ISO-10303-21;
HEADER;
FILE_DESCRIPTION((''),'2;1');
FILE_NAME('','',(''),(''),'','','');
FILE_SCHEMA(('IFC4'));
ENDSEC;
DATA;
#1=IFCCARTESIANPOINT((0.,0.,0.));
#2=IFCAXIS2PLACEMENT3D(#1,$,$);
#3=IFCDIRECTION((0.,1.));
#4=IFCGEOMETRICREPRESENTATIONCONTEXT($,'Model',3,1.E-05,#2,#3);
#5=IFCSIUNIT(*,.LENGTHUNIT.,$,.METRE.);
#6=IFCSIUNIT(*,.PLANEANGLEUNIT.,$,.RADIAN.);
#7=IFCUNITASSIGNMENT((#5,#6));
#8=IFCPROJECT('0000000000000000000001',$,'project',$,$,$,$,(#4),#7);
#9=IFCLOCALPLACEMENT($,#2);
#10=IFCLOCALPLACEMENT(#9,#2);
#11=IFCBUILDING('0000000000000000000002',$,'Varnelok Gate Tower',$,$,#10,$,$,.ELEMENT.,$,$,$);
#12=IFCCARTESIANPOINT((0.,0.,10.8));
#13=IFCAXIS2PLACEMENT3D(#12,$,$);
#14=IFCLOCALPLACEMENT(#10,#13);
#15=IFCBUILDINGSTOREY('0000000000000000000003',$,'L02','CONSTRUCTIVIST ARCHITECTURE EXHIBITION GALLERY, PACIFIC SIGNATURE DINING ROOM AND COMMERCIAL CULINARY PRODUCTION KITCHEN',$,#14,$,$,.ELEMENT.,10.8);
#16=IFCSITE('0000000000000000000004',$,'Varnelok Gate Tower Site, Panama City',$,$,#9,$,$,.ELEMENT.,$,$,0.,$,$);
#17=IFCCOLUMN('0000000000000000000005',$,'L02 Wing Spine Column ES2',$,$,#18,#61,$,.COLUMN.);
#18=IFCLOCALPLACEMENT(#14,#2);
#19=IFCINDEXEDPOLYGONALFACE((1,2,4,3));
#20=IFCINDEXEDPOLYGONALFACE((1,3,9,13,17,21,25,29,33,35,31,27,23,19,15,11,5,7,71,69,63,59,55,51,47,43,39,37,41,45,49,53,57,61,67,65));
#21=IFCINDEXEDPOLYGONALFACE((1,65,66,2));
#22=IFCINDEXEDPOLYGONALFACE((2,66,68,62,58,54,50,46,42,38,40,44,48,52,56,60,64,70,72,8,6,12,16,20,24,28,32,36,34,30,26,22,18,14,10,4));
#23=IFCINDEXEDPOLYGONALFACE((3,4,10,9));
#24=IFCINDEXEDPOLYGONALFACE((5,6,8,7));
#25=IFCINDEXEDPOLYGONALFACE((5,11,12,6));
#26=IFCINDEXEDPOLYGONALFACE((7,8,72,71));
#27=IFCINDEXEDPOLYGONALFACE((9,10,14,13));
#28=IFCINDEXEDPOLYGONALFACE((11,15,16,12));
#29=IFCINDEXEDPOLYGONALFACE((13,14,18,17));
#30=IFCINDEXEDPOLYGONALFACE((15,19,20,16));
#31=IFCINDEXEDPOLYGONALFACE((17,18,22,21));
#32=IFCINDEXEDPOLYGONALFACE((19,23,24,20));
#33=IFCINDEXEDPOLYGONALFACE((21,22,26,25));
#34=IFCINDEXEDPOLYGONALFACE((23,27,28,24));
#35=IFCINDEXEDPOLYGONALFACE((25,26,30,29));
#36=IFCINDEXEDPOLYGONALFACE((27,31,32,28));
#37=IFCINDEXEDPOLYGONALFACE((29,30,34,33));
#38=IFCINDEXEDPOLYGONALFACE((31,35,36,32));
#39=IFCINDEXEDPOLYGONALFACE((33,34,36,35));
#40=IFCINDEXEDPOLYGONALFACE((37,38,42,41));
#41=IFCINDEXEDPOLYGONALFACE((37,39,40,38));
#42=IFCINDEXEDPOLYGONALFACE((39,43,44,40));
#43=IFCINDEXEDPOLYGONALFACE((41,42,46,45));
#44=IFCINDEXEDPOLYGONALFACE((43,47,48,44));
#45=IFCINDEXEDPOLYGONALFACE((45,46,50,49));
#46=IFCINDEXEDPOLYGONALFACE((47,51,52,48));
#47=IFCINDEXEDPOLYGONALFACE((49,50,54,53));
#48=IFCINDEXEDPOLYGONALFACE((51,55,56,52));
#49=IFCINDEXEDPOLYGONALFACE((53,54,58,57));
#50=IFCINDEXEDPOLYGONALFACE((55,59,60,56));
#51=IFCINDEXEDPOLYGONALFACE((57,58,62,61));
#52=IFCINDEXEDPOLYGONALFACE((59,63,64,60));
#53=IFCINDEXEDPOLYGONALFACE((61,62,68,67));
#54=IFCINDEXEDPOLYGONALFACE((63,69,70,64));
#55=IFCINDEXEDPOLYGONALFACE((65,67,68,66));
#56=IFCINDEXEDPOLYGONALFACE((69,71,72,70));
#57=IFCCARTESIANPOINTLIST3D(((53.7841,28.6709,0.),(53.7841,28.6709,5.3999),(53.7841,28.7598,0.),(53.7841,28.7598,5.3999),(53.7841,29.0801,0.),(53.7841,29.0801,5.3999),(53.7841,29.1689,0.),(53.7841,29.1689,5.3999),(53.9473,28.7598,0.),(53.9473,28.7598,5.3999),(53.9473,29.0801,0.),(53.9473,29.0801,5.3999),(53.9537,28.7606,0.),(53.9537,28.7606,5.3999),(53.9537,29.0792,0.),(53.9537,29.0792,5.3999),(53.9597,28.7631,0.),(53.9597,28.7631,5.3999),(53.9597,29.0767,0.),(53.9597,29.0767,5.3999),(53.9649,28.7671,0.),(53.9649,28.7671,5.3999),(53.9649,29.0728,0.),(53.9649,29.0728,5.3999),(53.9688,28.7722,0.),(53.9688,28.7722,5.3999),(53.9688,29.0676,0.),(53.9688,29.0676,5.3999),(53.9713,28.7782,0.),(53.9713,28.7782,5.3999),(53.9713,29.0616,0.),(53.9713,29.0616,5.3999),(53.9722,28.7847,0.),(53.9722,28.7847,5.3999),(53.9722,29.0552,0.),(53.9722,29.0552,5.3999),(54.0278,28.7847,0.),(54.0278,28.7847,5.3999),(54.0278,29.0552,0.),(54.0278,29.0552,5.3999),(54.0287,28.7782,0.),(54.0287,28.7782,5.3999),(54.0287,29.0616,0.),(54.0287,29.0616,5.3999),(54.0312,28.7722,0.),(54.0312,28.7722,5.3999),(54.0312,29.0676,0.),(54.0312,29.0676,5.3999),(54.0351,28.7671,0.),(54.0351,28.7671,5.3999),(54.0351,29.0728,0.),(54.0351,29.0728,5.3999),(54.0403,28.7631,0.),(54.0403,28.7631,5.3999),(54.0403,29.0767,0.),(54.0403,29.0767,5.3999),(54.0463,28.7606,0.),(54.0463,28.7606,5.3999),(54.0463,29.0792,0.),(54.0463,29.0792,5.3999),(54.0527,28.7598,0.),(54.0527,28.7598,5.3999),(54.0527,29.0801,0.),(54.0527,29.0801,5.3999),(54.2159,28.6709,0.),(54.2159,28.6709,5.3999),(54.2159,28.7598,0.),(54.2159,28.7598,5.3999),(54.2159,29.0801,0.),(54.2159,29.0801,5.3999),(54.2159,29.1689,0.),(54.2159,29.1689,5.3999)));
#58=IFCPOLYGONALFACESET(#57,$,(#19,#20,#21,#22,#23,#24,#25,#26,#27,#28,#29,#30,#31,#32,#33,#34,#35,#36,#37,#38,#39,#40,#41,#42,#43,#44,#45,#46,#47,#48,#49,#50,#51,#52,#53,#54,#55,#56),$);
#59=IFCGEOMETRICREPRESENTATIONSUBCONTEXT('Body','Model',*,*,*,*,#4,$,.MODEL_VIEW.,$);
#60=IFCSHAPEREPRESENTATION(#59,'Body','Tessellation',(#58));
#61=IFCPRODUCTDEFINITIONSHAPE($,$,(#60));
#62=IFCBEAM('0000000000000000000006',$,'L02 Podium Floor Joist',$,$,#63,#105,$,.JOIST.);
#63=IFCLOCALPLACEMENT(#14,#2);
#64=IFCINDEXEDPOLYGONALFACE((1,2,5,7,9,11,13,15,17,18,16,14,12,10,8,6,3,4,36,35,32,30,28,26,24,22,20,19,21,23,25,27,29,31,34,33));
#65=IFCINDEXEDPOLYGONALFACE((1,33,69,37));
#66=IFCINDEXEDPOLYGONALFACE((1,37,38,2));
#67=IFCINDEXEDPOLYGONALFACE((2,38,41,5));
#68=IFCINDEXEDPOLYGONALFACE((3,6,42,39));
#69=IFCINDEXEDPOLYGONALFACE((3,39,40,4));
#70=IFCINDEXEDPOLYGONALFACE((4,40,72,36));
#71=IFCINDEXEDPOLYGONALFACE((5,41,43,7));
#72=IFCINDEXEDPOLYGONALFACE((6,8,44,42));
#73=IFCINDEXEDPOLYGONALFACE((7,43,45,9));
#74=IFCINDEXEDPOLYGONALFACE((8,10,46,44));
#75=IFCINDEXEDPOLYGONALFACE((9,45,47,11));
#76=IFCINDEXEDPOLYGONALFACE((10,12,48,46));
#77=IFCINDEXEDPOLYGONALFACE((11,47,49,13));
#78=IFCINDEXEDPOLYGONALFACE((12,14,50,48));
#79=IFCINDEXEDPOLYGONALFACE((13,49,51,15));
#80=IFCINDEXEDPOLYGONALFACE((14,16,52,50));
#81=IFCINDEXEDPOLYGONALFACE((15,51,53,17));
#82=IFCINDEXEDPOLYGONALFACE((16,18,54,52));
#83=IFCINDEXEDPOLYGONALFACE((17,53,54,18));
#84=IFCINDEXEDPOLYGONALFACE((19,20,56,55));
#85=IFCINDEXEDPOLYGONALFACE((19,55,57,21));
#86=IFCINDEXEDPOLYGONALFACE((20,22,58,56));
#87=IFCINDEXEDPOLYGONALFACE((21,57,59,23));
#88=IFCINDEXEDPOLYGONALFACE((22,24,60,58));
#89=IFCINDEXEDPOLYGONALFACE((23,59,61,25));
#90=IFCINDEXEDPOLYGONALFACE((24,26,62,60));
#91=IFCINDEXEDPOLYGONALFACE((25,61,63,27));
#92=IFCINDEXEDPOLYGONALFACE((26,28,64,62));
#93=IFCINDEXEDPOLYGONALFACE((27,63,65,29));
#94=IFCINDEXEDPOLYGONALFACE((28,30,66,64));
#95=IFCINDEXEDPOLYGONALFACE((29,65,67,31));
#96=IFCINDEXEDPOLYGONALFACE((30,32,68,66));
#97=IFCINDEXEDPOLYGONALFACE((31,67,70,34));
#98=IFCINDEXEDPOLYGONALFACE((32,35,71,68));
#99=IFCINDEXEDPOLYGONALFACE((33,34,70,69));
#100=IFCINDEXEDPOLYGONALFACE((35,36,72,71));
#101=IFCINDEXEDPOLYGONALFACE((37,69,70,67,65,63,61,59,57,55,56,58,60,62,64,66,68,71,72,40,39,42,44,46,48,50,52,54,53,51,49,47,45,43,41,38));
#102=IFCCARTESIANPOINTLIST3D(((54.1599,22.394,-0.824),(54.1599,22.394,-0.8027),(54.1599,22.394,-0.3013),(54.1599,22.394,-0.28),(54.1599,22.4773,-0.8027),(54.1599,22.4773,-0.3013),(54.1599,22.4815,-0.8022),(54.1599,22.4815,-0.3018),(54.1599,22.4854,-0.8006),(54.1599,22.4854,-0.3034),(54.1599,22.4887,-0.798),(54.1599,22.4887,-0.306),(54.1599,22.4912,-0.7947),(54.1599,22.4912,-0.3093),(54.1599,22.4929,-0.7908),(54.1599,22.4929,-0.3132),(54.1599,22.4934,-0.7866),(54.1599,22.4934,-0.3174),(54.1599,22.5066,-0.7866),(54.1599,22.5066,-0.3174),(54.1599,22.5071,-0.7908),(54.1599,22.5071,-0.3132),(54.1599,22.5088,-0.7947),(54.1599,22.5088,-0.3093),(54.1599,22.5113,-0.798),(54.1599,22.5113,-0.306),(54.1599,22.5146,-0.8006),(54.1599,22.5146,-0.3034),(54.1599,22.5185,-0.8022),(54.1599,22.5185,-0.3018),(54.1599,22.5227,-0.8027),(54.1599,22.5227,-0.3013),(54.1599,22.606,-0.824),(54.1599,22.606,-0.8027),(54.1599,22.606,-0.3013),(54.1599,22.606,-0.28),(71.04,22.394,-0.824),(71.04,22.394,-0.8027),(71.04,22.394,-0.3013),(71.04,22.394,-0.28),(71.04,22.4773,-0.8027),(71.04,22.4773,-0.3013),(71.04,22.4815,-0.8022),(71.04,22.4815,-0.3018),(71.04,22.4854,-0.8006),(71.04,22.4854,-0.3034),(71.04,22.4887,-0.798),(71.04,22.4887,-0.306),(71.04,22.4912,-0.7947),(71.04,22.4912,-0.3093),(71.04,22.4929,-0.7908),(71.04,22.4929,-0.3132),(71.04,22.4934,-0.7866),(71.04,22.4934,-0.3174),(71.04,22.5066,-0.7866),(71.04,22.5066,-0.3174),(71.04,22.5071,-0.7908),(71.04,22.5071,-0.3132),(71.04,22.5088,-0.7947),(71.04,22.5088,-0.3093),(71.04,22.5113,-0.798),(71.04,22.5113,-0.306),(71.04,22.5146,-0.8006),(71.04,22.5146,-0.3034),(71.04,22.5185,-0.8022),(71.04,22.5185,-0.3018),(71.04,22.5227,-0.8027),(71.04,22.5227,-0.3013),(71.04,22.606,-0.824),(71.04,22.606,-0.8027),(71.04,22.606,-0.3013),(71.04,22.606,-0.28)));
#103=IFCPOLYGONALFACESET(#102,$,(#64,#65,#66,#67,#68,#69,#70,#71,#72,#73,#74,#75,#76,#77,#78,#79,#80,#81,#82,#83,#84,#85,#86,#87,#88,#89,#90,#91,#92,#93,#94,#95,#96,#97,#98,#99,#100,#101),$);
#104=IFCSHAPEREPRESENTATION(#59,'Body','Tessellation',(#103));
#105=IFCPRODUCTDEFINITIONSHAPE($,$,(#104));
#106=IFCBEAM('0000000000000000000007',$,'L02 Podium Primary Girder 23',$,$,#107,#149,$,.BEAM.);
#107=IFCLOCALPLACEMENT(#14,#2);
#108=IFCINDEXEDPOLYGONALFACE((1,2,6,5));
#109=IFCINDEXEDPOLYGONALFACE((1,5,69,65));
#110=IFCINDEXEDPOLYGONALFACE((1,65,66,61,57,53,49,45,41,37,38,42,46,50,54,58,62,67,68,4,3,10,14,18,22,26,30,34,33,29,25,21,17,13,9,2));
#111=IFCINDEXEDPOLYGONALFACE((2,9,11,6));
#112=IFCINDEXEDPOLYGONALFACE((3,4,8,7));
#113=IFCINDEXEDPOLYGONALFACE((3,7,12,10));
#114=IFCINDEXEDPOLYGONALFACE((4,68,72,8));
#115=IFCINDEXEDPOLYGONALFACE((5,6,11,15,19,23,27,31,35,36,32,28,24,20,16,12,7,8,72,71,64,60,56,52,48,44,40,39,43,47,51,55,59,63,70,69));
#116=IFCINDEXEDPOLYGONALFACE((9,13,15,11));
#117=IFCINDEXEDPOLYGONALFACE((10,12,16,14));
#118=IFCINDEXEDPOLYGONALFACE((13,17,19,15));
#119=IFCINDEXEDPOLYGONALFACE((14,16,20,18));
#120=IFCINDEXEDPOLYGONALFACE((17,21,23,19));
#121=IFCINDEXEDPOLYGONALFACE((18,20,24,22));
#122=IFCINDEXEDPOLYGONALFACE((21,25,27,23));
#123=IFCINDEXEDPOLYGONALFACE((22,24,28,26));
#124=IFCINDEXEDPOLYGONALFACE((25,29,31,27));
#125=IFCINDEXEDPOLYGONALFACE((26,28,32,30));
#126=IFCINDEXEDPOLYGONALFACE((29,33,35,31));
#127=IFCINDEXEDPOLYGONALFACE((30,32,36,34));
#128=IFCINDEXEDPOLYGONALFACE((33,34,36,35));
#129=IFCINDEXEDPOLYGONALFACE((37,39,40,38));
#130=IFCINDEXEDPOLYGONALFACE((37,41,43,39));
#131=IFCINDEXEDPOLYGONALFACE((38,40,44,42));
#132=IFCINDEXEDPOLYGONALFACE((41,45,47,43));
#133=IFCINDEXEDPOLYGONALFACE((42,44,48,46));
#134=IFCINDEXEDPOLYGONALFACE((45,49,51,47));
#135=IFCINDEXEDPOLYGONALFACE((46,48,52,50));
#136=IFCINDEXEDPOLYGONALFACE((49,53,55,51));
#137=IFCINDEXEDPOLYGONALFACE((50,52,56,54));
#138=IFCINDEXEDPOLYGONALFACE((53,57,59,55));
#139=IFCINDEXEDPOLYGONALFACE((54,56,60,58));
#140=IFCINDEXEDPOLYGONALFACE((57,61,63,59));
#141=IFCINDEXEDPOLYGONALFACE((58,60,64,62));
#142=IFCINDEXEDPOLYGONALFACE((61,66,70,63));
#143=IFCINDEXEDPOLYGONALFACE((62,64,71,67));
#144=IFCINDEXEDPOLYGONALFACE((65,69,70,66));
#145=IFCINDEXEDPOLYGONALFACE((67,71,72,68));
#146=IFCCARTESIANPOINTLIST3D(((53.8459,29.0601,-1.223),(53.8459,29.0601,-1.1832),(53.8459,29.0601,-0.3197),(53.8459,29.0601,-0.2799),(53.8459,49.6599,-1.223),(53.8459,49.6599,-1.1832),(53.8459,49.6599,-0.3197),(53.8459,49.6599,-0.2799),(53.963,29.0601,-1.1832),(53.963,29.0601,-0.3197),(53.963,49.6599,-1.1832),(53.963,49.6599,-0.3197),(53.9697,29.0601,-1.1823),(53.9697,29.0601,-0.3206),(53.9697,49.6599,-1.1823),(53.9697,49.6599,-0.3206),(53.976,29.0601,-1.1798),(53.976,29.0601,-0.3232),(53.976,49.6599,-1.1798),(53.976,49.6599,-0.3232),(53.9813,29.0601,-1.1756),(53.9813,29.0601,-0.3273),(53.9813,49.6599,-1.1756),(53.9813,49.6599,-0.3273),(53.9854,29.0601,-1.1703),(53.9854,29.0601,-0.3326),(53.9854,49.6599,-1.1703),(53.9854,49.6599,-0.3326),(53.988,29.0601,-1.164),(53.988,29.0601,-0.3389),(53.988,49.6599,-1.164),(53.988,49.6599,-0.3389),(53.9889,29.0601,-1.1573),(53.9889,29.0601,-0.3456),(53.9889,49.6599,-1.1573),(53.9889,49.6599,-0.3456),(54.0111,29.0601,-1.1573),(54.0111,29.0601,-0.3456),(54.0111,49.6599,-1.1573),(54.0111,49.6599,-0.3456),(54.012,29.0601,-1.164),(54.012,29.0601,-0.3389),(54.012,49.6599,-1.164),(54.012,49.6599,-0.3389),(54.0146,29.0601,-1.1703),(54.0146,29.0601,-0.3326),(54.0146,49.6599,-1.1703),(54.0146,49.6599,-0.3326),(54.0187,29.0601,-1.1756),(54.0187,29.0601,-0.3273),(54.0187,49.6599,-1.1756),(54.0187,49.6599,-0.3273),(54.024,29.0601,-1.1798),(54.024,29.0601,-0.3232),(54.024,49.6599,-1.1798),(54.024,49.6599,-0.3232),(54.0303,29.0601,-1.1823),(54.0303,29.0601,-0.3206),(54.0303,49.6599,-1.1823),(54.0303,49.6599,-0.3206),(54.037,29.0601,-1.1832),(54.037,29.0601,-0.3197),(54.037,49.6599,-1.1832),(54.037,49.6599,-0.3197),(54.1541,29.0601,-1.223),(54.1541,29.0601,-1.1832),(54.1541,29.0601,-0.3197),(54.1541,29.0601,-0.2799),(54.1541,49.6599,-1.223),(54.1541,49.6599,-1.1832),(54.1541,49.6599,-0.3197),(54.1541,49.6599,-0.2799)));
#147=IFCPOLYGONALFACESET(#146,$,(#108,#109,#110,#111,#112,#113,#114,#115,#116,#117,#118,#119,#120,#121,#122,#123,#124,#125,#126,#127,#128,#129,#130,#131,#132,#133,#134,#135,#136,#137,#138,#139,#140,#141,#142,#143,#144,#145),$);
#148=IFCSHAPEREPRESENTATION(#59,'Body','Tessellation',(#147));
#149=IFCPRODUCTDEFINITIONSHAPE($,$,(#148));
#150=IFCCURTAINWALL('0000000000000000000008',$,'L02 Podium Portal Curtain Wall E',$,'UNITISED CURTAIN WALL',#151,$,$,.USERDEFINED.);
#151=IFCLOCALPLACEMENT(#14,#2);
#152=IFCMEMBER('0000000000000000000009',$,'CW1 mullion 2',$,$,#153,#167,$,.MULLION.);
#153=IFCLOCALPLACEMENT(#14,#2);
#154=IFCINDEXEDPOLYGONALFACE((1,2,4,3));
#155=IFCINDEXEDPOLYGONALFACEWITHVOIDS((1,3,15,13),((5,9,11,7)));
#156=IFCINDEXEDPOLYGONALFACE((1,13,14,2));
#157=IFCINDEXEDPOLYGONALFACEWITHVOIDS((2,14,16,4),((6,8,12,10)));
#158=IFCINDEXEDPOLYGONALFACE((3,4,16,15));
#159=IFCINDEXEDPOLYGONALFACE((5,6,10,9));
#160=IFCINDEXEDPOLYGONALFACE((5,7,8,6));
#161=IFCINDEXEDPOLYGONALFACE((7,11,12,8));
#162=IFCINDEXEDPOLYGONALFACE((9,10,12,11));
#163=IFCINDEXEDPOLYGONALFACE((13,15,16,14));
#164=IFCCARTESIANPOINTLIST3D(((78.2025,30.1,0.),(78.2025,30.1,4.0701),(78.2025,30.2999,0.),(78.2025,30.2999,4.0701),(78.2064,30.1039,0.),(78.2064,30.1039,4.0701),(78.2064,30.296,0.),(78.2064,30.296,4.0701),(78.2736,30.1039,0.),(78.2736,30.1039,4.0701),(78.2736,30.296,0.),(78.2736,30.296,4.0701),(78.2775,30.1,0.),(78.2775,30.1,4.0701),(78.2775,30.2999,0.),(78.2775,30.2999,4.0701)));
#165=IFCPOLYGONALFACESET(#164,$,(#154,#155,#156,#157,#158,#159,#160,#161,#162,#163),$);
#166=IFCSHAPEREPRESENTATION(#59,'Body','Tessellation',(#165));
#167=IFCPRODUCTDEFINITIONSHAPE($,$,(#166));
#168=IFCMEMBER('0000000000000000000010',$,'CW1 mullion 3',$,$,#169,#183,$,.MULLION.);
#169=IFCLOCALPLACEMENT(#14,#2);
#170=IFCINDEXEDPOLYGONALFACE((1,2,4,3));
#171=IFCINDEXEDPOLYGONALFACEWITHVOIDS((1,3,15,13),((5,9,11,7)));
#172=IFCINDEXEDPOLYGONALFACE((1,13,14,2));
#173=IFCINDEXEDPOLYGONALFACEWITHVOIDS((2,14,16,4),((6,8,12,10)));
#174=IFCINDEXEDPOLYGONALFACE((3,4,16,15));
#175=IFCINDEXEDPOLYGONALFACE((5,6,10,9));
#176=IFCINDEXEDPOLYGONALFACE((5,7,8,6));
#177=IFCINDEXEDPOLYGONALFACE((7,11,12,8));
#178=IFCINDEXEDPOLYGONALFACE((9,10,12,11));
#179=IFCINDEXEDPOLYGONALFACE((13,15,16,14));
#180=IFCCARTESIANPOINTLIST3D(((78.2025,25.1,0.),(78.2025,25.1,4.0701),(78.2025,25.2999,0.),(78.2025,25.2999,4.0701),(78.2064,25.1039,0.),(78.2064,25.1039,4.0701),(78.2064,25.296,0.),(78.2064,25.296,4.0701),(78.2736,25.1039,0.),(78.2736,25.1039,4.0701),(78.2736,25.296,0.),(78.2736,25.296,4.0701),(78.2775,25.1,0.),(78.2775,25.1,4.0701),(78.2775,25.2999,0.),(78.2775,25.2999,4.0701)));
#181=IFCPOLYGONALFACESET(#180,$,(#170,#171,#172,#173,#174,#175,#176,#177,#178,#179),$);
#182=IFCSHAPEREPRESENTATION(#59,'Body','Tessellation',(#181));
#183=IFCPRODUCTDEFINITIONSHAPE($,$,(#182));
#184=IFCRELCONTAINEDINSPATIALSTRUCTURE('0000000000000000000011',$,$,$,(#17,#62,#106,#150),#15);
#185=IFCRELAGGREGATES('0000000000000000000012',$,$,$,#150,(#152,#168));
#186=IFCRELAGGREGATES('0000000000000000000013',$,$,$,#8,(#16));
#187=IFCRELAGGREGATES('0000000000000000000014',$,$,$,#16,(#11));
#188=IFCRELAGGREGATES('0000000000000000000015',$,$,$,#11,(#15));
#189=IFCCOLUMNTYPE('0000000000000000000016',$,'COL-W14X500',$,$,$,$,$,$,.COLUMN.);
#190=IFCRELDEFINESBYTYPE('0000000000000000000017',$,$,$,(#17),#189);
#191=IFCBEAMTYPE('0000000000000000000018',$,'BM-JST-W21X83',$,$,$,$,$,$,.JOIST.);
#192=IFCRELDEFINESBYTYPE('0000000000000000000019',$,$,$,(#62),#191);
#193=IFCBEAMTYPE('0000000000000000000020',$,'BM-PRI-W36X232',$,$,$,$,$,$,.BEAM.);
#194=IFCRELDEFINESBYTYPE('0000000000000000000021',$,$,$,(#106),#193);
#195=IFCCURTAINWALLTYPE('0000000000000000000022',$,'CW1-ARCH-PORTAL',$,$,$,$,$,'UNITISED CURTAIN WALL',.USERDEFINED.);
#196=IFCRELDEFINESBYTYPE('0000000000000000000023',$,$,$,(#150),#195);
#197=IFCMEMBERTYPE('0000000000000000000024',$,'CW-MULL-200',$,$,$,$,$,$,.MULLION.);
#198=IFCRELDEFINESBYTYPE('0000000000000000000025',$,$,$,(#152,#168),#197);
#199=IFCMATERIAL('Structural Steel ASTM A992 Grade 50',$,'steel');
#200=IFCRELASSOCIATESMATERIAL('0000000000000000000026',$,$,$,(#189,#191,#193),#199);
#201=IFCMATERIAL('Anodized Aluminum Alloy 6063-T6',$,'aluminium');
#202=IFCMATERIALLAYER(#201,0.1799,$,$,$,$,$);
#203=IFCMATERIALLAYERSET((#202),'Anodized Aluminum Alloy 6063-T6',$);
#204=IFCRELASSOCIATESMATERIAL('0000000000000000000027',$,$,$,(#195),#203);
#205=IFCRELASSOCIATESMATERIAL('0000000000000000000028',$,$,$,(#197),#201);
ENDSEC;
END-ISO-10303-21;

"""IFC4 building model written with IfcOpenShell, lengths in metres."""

from ifc_helpers import new_model, si_unit, direction, frame, origin, origin_2d, place, context, subcontext, project, spatial, hollow_rectangle, i_section, extrude, material, layer, layer_set, material_profile, profile_set, type_object, element, aggregate, save


model = new_model("IFC4")

# Units and contexts
model_context = context("Model", 3, precision=1e-05, world=origin(), true_north=direction((0.0, 1.0)))
body_context = subcontext(model_context, "Body", "Model", "MODEL_VIEW")
ifc_project = project(units=[si_unit("LENGTHUNIT", "METRE"), si_unit("PLANEANGLEUNIT", "RADIAN")], contexts=[model_context])

# Site, building, storey
site_placement = place(None, origin())
site = spatial("IfcSite", under=ifc_project, at=site_placement, Name="Varnelok Gate Tower Site, Panama City", CompositionType="ELEMENT", RefElevation=0.0)
building_placement = place(site_placement, origin())
building = spatial("IfcBuilding", under=site, at=building_placement, Name="Varnelok Gate Tower", CompositionType="ELEMENT")
storey_placement = place(building_placement, frame((0.0, 0.0, 10.8)))
storey = spatial("IfcBuildingStorey", under=building, at=storey_placement, Name="L02", Description="CONSTRUCTIVIST ARCHITECTURE EXHIBITION GALLERY, PACIFIC SIGNATURE DINING ROOM AND COMMERCIAL CULINARY PRODUCTION KITCHEN", CompositionType="ELEMENT", Elevation=10.8)

# Column
ifc_material_1 = material(Name="Structural Steel ASTM A992 Grade 50", Category="steel")
ifc_material_profile_1 = material_profile(ifc_material_1, i_section(OverallWidth=0.4319, OverallDepth=0.498, WebThickness=0.0557, FlangeThickness=0.0889, FilletRadius=0.0249, at=origin_2d()), Name="W14X500")
ifc_profile_set_1 = profile_set([ifc_material_profile_1], Name="Structural Steel ASTM A992 Grade 50")
column_type = type_object("IfcColumnType", Name="COL-W14X500", PredefinedType="COLUMN", material=ifc_profile_set_1)
column_placement = place(storey_placement, frame((54.0, 28.9199, 0.0), z_axis=(0.0, 0.0, 1.0), x_axis=(1.0, 0.0, 0.0)))
element("IfcColumn", 1, at=column_placement, inside=storey, type_object=column_type, Name="L02 Wing Spine Column ES2", PredefinedType="COLUMN", context=body_context, shape_type="SweptSolid", body=[
    extrude(i_section(OverallWidth=0.4319, OverallDepth=0.498, WebThickness=0.0557, FlangeThickness=0.0889, FilletRadius=0.0249, at=origin_2d()), origin(), (0.0, 0.0, 1.0), 5.3999),
])

# Beams
ifc_material_profile_2 = material_profile(ifc_material_1, i_section(OverallWidth=0.2119, OverallDepth=0.5439, WebThickness=0.0132, FlangeThickness=0.0212, FilletRadius=0.0161, at=origin_2d()), Name="W21X83")
ifc_profile_set_2 = profile_set([ifc_material_profile_2], Name="Structural Steel ASTM A992 Grade 50")
beam_type_1 = type_object("IfcBeamType", Name="BM-JST-W21X83", PredefinedType="JOIST", material=ifc_profile_set_2)
beam_1_placement = place(storey_placement, frame((54.1599, 22.5, -0.552), z_axis=(1.0, 0.0, 0.0), x_axis=(0.0, 1.0, 0.0)))
element("IfcBeam", 2, at=beam_1_placement, inside=storey, type_object=beam_type_1, Name="L02 Podium Floor Joist", PredefinedType="JOIST", context=body_context, shape_type="SweptSolid", body=[
    extrude(i_section(OverallWidth=0.2119, OverallDepth=0.5439, WebThickness=0.0132, FlangeThickness=0.0212, FilletRadius=0.0161, at=origin_2d()), origin(), (0.0, 0.0, 1.0), 16.8801),
])
ifc_material_profile_3 = material_profile(ifc_material_1, i_section(OverallWidth=0.3081, OverallDepth=0.9431, WebThickness=0.0222, FlangeThickness=0.0398, FilletRadius=0.0259, at=origin_2d()), Name="W36X232")
ifc_profile_set_3 = profile_set([ifc_material_profile_3], Name="Structural Steel ASTM A992 Grade 50")
beam_type_2 = type_object("IfcBeamType", Name="BM-PRI-W36X232", PredefinedType="BEAM", material=ifc_profile_set_3)
beam_2_placement = place(storey_placement, frame((54.0, 29.0601, -0.7515), z_axis=(0.0, 1.0, 0.0), x_axis=(-1.0, 0.0, 0.0)))
element("IfcBeam", 3, at=beam_2_placement, inside=storey, type_object=beam_type_2, Name="L02 Podium Primary Girder 23", PredefinedType="BEAM", context=body_context, shape_type="SweptSolid", body=[
    extrude(i_section(OverallWidth=0.3081, OverallDepth=0.9431, WebThickness=0.0222, FlangeThickness=0.0398, FilletRadius=0.0259, at=origin_2d()), origin(), (0.0, 0.0, 1.0), 20.5999),
])

# Curtain wall, members
ifc_material_2 = material(Name="Anodized Aluminum Alloy 6063-T6", Category="aluminium")
ifc_layer_1 = layer(ifc_material_2, 0.1799)
ifc_layer_set_1 = layer_set([ifc_layer_1], Name="Anodized Aluminum Alloy 6063-T6")
curtain_wall_type = type_object("IfcCurtainWallType", Name="CW1-ARCH-PORTAL", ElementType="UNITISED CURTAIN WALL", PredefinedType="USERDEFINED", material=ifc_layer_set_1)
curtain_wall_placement = place(storey_placement, origin())
curtain_wall = element("IfcCurtainWall", 4, at=curtain_wall_placement, inside=storey, type_object=curtain_wall_type, Name="L02 Podium Portal Curtain Wall E", ObjectType="UNITISED CURTAIN WALL", PredefinedType="USERDEFINED")
ifc_material_profile_4 = material_profile(ifc_material_2, hollow_rectangle(XDim=0.075, YDim=0.2, WallThickness=0.0039, at=origin_2d()), Name="ALU200X75X4")
ifc_profile_set_4 = profile_set([ifc_material_profile_4], Name="Anodized Aluminum Alloy 6063-T6")
member_type_1 = type_object("IfcMemberType", Name="CW-MULL-200", PredefinedType="MULLION", material=ifc_profile_set_4)
member_1_placement = place(storey_placement, frame((78.24, 30.2, 0.0), z_axis=(0.0, 0.0, 1.0), x_axis=(1.0, 0.0, 0.0)))
member_1 = element("IfcMember", 5, at=member_1_placement, type_object=member_type_1, Name="CW1 mullion 2", PredefinedType="MULLION", context=body_context, shape_type="SweptSolid", body=[
    extrude(hollow_rectangle(XDim=0.075, YDim=0.2, WallThickness=0.0039, at=origin_2d()), origin(), (0.0, 0.0, 1.0), 4.0701),
])
member_2_placement = place(storey_placement, frame((78.24, 25.2, 0.0), z_axis=(0.0, 0.0, 1.0), x_axis=(1.0, 0.0, 0.0)))
member_2 = element("IfcMember", 6, at=member_2_placement, type_object=member_type_1, Name="CW1 mullion 3", PredefinedType="MULLION", context=body_context, shape_type="SweptSolid", body=[
    extrude(hollow_rectangle(XDim=0.075, YDim=0.2, WallThickness=0.0039, at=origin_2d()), origin(), (0.0, 0.0, 1.0), 4.0701),
])
aggregate(curtain_wall, [member_1, member_2])

save(model, "model.ifc")
